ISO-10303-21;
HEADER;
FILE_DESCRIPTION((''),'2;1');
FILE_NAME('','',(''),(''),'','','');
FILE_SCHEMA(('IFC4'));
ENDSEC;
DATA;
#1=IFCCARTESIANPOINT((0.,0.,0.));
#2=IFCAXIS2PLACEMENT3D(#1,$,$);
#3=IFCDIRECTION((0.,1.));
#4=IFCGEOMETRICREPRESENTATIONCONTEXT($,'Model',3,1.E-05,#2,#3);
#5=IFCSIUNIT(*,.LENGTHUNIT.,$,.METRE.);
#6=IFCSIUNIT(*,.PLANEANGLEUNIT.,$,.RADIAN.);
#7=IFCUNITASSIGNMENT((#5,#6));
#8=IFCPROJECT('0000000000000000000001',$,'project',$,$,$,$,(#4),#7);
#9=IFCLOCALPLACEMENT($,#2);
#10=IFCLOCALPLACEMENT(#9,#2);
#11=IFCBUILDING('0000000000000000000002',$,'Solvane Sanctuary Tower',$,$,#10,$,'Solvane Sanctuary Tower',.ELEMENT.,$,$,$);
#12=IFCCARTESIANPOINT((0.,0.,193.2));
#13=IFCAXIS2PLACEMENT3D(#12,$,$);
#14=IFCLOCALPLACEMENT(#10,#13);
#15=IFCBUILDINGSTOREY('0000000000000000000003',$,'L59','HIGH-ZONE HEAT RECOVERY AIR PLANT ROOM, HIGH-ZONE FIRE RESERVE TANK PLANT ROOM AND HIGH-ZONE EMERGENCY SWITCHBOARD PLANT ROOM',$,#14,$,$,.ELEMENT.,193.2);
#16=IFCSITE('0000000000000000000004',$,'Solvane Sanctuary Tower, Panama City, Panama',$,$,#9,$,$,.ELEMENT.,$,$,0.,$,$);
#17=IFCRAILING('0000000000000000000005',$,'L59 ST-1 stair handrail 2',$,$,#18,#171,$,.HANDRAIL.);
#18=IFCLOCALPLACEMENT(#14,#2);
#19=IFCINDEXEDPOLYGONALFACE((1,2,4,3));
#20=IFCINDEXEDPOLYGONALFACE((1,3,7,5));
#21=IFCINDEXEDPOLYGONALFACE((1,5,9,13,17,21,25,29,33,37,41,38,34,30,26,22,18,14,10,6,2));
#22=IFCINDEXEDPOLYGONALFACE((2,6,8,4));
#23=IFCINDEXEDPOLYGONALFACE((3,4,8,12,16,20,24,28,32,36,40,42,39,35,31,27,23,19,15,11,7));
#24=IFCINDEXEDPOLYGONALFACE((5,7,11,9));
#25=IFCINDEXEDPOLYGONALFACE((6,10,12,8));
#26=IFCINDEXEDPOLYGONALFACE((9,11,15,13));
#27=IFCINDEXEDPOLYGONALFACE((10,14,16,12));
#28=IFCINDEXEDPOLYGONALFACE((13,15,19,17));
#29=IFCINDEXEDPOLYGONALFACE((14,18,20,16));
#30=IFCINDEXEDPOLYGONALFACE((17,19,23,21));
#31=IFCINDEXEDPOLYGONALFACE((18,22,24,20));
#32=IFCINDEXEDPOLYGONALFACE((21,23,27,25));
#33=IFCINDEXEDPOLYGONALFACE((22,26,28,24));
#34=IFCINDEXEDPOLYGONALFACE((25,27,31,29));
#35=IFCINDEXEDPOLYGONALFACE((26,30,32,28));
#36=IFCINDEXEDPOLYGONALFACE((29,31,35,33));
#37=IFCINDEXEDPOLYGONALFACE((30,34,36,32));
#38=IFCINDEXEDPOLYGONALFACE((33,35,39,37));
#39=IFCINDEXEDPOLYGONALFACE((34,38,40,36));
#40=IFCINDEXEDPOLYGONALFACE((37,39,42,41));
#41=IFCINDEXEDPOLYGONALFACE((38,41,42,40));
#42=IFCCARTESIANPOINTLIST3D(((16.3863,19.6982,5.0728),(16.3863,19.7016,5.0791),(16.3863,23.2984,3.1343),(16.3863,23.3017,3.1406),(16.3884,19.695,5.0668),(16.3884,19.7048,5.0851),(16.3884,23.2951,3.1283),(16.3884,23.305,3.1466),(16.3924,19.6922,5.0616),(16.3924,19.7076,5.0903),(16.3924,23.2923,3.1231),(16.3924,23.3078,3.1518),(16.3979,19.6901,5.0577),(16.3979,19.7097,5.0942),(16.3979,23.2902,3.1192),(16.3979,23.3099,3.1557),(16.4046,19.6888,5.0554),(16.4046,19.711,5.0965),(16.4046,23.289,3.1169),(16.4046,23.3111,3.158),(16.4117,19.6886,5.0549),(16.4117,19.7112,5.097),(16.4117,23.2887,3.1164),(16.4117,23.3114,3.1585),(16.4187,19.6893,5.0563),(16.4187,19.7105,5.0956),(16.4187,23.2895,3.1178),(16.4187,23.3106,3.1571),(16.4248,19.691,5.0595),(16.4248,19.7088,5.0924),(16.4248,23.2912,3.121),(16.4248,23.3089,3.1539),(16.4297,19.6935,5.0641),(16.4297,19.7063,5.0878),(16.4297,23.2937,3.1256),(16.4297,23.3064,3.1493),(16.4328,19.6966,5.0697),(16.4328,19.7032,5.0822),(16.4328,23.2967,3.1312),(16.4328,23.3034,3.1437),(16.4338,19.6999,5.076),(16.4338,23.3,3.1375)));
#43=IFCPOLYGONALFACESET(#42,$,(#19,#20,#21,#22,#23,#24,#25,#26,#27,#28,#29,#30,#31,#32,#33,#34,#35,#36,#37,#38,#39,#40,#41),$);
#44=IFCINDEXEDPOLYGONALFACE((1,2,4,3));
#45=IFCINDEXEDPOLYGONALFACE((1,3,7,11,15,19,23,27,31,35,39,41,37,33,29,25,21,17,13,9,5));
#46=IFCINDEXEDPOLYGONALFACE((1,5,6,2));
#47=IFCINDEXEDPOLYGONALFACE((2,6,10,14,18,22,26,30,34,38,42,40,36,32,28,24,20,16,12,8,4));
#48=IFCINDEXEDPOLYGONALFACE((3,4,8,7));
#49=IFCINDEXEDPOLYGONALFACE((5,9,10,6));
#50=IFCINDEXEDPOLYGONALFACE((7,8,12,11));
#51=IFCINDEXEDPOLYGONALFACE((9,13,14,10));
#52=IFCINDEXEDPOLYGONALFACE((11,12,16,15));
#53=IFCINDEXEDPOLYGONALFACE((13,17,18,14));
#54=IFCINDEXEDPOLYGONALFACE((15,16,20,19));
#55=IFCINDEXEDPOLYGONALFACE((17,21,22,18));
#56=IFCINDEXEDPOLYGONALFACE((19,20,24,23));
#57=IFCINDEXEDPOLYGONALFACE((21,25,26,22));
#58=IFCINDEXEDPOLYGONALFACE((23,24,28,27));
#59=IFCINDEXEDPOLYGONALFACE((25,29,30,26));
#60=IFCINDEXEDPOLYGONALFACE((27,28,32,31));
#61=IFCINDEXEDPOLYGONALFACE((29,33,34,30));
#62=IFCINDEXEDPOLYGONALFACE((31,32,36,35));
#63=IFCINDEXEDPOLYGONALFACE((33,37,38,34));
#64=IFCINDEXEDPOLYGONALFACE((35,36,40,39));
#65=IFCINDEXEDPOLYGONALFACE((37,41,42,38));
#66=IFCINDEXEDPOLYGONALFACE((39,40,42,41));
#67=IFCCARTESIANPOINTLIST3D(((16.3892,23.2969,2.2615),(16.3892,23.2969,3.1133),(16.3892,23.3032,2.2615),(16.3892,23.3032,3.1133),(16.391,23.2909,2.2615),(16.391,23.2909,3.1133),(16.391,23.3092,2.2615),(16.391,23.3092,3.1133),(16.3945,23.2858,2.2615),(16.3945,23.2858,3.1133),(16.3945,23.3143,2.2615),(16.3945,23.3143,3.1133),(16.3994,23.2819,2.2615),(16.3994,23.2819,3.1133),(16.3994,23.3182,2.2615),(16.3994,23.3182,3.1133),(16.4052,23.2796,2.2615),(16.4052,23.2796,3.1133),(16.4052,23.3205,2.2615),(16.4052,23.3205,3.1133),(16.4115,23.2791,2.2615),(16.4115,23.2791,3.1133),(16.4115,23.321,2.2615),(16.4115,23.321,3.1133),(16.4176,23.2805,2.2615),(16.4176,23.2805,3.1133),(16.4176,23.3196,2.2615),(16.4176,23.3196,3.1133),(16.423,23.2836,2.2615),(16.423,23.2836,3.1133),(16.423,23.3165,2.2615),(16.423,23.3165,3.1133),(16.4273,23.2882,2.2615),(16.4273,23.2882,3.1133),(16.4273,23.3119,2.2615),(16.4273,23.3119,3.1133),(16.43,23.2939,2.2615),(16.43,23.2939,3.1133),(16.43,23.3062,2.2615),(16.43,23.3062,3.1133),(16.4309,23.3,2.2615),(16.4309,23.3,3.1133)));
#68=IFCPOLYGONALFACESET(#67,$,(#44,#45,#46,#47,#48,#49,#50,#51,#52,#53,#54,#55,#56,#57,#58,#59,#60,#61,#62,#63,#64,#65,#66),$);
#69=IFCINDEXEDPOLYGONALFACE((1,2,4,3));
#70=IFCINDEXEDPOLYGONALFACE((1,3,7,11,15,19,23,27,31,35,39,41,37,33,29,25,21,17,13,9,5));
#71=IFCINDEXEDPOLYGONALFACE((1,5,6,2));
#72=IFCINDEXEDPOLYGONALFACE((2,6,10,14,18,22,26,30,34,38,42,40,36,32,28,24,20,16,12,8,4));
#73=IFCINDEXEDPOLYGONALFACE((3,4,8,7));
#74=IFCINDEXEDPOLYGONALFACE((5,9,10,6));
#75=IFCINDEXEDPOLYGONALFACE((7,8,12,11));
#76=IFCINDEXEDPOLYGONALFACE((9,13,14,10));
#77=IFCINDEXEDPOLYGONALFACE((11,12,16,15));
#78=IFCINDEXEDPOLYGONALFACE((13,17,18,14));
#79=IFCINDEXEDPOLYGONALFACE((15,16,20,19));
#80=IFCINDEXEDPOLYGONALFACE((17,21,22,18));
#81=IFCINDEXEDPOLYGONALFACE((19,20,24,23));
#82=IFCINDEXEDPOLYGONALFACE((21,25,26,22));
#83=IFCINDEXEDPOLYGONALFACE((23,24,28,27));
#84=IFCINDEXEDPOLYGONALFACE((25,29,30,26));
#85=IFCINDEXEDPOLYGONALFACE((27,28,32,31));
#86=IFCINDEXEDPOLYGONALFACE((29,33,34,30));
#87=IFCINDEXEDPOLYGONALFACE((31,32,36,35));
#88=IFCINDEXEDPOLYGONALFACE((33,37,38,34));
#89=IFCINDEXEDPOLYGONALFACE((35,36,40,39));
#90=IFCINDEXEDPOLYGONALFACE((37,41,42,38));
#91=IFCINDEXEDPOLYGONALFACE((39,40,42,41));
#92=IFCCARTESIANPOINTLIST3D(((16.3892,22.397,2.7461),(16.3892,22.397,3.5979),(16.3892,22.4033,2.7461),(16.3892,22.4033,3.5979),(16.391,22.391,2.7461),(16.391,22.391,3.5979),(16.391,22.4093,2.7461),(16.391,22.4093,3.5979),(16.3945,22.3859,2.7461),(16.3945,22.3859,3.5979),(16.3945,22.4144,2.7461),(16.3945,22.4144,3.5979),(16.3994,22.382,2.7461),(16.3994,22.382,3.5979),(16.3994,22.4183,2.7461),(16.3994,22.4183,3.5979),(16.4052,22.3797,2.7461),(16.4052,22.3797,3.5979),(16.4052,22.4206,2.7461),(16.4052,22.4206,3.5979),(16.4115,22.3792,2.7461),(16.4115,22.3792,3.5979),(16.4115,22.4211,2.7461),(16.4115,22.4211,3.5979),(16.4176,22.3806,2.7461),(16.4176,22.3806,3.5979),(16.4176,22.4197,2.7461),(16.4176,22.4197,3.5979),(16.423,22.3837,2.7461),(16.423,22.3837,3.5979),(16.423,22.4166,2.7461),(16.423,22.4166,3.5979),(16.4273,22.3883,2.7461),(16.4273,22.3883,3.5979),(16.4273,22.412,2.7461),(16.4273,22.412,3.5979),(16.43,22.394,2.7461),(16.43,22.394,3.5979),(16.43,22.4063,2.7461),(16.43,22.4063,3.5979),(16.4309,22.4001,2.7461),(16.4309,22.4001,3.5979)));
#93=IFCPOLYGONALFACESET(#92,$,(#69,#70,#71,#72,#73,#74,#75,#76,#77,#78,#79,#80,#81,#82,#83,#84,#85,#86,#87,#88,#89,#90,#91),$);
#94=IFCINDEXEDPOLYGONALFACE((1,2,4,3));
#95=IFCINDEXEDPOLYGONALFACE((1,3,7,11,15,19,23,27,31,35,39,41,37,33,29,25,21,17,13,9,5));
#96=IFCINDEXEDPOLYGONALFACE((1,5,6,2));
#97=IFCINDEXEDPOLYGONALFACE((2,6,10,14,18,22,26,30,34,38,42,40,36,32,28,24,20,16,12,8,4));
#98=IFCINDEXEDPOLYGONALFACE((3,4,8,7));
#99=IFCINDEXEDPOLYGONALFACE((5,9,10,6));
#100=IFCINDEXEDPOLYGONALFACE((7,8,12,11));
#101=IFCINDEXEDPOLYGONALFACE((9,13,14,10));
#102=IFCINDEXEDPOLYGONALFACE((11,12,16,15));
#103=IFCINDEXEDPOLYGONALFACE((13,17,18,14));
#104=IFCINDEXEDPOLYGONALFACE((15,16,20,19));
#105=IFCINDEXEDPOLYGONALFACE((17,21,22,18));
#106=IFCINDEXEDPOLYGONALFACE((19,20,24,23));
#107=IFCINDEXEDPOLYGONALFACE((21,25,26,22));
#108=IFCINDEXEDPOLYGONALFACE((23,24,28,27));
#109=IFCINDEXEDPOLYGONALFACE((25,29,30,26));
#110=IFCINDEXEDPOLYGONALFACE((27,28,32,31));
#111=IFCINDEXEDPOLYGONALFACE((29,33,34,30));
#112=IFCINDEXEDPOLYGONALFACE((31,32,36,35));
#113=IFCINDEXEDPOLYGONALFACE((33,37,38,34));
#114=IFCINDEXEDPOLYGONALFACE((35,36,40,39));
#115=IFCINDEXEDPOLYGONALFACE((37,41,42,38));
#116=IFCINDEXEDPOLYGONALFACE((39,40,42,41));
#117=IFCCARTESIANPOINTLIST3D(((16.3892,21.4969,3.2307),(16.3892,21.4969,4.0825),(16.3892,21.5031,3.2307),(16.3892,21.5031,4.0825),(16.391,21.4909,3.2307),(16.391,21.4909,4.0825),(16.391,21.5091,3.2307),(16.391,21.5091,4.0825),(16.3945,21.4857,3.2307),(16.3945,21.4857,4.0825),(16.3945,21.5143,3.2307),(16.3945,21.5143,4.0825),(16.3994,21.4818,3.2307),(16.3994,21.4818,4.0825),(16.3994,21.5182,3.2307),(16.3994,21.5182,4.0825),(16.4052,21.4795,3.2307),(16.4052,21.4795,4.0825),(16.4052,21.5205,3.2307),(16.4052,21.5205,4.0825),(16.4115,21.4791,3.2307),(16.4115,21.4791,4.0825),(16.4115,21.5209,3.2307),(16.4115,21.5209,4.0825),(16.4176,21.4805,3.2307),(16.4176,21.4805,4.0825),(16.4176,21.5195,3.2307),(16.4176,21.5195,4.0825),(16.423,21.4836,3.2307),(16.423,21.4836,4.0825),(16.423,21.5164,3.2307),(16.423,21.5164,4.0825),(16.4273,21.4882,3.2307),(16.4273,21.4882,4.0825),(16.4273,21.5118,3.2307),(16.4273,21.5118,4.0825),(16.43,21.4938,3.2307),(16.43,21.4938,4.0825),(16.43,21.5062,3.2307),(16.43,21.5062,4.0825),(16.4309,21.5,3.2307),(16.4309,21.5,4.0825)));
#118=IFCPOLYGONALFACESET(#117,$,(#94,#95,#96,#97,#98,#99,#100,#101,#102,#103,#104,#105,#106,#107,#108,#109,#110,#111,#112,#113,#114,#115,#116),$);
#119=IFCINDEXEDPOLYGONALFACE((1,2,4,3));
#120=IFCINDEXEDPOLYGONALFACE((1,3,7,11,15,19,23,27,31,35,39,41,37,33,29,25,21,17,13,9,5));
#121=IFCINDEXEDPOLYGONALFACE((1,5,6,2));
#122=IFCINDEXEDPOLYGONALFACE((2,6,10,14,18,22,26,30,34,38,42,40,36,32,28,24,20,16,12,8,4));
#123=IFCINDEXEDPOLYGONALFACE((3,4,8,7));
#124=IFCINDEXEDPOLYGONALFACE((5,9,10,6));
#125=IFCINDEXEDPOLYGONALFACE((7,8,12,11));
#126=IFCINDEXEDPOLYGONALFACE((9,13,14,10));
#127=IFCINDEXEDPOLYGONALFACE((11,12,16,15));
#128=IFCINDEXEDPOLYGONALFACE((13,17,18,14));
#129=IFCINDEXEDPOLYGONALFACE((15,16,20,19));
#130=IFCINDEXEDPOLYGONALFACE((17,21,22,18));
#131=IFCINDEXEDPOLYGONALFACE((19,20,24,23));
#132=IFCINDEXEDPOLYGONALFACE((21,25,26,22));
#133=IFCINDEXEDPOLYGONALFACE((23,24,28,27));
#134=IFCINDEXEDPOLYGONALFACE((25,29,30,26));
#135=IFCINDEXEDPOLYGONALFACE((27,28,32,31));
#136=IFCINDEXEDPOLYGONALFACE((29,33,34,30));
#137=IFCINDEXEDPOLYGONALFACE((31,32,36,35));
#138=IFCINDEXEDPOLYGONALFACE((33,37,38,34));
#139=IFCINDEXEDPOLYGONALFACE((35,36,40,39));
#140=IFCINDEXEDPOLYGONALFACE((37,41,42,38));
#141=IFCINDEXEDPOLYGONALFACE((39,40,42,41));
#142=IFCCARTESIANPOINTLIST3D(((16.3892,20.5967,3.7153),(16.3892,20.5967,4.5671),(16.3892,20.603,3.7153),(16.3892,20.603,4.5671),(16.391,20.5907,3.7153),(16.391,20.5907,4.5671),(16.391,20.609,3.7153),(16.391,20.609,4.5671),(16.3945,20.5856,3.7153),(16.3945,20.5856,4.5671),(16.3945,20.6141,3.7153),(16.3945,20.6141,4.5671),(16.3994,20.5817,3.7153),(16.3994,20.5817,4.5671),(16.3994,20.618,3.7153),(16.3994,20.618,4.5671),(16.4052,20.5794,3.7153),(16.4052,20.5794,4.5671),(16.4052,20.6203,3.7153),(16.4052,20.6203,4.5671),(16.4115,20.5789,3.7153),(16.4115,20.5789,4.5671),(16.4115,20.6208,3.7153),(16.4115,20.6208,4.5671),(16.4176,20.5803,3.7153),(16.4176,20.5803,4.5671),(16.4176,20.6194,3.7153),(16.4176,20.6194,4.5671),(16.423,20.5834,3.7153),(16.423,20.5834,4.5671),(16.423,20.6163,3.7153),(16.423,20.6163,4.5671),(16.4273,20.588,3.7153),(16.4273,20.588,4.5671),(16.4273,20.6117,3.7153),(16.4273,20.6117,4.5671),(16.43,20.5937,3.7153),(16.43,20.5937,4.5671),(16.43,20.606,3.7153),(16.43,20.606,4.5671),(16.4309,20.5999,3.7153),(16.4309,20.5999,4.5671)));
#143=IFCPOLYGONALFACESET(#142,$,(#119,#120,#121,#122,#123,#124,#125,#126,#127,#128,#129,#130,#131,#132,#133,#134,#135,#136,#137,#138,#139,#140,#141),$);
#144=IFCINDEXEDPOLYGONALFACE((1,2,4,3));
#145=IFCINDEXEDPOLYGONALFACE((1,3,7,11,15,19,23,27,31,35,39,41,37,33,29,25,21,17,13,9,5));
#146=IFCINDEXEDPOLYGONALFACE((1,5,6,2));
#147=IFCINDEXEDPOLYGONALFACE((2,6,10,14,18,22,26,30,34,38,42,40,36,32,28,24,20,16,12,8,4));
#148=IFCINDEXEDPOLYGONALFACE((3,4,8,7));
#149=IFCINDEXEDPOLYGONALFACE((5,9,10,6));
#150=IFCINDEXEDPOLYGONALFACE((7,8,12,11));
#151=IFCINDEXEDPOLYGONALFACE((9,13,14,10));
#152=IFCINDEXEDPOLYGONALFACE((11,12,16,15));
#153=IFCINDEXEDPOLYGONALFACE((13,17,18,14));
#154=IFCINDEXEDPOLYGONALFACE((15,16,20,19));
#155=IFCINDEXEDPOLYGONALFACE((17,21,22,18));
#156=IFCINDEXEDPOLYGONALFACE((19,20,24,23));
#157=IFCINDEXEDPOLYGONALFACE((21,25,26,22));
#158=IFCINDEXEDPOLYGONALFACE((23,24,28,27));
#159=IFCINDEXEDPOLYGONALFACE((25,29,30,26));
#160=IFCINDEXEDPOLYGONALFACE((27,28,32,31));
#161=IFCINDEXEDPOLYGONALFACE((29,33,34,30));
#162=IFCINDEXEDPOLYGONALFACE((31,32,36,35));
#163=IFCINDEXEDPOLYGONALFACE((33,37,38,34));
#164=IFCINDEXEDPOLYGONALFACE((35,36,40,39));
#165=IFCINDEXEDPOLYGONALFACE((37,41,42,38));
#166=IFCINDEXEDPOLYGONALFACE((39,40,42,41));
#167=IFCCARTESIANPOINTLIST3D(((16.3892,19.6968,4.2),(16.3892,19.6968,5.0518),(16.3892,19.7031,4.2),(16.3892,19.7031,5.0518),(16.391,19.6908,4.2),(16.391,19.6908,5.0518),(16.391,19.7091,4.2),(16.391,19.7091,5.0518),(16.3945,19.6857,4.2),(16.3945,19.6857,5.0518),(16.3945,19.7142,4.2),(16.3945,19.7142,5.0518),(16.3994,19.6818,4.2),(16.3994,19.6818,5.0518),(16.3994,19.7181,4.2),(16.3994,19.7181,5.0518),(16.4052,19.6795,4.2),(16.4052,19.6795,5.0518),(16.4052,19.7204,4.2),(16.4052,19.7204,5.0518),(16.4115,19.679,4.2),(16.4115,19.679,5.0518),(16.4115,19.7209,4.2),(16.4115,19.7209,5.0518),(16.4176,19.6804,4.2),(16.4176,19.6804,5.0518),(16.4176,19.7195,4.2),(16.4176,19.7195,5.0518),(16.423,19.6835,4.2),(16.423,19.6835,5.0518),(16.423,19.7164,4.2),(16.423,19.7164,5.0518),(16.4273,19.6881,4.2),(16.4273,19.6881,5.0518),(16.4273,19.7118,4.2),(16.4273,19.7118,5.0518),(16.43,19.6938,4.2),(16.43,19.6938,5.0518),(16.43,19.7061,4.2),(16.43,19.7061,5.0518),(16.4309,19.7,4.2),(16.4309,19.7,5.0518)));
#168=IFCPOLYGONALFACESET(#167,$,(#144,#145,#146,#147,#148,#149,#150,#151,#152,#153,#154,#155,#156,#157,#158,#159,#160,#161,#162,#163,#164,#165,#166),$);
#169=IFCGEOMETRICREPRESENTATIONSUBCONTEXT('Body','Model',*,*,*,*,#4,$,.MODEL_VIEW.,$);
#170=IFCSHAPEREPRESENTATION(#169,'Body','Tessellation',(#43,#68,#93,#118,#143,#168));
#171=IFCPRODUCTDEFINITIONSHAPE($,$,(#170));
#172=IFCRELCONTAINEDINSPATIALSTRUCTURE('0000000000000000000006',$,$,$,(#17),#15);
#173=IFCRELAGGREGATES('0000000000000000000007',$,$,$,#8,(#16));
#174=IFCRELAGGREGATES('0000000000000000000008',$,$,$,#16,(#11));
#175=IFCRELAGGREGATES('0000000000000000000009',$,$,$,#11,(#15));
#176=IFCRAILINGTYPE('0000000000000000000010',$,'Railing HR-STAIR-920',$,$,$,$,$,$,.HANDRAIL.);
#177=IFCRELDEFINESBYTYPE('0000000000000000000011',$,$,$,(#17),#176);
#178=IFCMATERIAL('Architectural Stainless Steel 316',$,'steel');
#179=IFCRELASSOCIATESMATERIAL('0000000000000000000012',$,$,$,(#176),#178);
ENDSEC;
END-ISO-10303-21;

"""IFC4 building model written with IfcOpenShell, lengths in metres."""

from ifc_helpers import new_model, si_unit, direction, frame, origin, origin_2d, place, context, subcontext, project, spatial, circle, extrude, material, type_object, element, save


model = new_model("IFC4")

# Units and contexts
model_context = context("Model", 3, precision=1e-05, world=origin(), true_north=direction((0.0, 1.0)))
body_context = subcontext(model_context, "Body", "Model", "MODEL_VIEW")
ifc_project = project(units=[si_unit("LENGTHUNIT", "METRE"), si_unit("PLANEANGLEUNIT", "RADIAN")], contexts=[model_context])

# Site, building, storey
site_placement = place(None, origin())
site = spatial("IfcSite", under=ifc_project, at=site_placement, Name="Solvane Sanctuary Tower, Panama City, Panama", CompositionType="ELEMENT", RefElevation=0.0)
building_placement = place(site_placement, origin())
building = spatial("IfcBuilding", under=site, at=building_placement, Name="Solvane Sanctuary Tower", LongName="Solvane Sanctuary Tower", CompositionType="ELEMENT")
storey_placement = place(building_placement, frame((0.0, 0.0, 193.2)))
storey = spatial("IfcBuildingStorey", under=building, at=storey_placement, Name="L59", Description="HIGH-ZONE HEAT RECOVERY AIR PLANT ROOM, HIGH-ZONE FIRE RESERVE TANK PLANT ROOM AND HIGH-ZONE EMERGENCY SWITCHBOARD PLANT ROOM", CompositionType="ELEMENT", Elevation=193.2)

# Shared definitions
ifc_material_1 = material(Name="Architectural Stainless Steel 316", Category="steel")

# Railing
railing_type_1 = type_object("IfcRailingType", Name="Railing HR-STAIR-920", PredefinedType="HANDRAIL", material=ifc_material_1)
for number, where, name in (
    (1, (16.4099, 23.3, 2.2615), "L59 ST-1 stair handrail 2"),
):
    element("IfcRailing", number, at=place(storey_placement, frame(where)), inside=storey, type_object=railing_type_1, Name=name, PredefinedType="HANDRAIL", context=body_context, shape_type="SweptSolid", body=[
        extrude(circle(Radius=0.0239, at=origin_2d()), frame((0.0, 0.0, 0.876), z_axis=(0.0, -0.880475, 0.474093), x_axis=(1.0, 0.0, 0.0)), (0.0, 0.0, 1.0), 4.0889),
        extrude(circle(Radius=0.021, at=origin_2d()), origin(), (0.0, 0.0, 1.0), 0.8518),
        extrude(circle(Radius=0.021, at=origin_2d()), frame((0.0, -0.8999, 0.4846)), (0.0, 0.0, 1.0), 0.8518),
        extrude(circle(Radius=0.021, at=origin_2d()), frame((0.0, -1.8, 0.9692)), (0.0, 0.0, 1.0), 0.8518),
        extrude(circle(Radius=0.021, at=origin_2d()), frame((0.0, -2.7002, 1.4539)), (0.0, 0.0, 1.0), 0.8518),
        extrude(circle(Radius=0.021, at=origin_2d()), frame((0.0, -3.6001, 1.9385)), (0.0, 0.0, 1.0), 0.8518),
    ])

save(model, "model.ifc")
